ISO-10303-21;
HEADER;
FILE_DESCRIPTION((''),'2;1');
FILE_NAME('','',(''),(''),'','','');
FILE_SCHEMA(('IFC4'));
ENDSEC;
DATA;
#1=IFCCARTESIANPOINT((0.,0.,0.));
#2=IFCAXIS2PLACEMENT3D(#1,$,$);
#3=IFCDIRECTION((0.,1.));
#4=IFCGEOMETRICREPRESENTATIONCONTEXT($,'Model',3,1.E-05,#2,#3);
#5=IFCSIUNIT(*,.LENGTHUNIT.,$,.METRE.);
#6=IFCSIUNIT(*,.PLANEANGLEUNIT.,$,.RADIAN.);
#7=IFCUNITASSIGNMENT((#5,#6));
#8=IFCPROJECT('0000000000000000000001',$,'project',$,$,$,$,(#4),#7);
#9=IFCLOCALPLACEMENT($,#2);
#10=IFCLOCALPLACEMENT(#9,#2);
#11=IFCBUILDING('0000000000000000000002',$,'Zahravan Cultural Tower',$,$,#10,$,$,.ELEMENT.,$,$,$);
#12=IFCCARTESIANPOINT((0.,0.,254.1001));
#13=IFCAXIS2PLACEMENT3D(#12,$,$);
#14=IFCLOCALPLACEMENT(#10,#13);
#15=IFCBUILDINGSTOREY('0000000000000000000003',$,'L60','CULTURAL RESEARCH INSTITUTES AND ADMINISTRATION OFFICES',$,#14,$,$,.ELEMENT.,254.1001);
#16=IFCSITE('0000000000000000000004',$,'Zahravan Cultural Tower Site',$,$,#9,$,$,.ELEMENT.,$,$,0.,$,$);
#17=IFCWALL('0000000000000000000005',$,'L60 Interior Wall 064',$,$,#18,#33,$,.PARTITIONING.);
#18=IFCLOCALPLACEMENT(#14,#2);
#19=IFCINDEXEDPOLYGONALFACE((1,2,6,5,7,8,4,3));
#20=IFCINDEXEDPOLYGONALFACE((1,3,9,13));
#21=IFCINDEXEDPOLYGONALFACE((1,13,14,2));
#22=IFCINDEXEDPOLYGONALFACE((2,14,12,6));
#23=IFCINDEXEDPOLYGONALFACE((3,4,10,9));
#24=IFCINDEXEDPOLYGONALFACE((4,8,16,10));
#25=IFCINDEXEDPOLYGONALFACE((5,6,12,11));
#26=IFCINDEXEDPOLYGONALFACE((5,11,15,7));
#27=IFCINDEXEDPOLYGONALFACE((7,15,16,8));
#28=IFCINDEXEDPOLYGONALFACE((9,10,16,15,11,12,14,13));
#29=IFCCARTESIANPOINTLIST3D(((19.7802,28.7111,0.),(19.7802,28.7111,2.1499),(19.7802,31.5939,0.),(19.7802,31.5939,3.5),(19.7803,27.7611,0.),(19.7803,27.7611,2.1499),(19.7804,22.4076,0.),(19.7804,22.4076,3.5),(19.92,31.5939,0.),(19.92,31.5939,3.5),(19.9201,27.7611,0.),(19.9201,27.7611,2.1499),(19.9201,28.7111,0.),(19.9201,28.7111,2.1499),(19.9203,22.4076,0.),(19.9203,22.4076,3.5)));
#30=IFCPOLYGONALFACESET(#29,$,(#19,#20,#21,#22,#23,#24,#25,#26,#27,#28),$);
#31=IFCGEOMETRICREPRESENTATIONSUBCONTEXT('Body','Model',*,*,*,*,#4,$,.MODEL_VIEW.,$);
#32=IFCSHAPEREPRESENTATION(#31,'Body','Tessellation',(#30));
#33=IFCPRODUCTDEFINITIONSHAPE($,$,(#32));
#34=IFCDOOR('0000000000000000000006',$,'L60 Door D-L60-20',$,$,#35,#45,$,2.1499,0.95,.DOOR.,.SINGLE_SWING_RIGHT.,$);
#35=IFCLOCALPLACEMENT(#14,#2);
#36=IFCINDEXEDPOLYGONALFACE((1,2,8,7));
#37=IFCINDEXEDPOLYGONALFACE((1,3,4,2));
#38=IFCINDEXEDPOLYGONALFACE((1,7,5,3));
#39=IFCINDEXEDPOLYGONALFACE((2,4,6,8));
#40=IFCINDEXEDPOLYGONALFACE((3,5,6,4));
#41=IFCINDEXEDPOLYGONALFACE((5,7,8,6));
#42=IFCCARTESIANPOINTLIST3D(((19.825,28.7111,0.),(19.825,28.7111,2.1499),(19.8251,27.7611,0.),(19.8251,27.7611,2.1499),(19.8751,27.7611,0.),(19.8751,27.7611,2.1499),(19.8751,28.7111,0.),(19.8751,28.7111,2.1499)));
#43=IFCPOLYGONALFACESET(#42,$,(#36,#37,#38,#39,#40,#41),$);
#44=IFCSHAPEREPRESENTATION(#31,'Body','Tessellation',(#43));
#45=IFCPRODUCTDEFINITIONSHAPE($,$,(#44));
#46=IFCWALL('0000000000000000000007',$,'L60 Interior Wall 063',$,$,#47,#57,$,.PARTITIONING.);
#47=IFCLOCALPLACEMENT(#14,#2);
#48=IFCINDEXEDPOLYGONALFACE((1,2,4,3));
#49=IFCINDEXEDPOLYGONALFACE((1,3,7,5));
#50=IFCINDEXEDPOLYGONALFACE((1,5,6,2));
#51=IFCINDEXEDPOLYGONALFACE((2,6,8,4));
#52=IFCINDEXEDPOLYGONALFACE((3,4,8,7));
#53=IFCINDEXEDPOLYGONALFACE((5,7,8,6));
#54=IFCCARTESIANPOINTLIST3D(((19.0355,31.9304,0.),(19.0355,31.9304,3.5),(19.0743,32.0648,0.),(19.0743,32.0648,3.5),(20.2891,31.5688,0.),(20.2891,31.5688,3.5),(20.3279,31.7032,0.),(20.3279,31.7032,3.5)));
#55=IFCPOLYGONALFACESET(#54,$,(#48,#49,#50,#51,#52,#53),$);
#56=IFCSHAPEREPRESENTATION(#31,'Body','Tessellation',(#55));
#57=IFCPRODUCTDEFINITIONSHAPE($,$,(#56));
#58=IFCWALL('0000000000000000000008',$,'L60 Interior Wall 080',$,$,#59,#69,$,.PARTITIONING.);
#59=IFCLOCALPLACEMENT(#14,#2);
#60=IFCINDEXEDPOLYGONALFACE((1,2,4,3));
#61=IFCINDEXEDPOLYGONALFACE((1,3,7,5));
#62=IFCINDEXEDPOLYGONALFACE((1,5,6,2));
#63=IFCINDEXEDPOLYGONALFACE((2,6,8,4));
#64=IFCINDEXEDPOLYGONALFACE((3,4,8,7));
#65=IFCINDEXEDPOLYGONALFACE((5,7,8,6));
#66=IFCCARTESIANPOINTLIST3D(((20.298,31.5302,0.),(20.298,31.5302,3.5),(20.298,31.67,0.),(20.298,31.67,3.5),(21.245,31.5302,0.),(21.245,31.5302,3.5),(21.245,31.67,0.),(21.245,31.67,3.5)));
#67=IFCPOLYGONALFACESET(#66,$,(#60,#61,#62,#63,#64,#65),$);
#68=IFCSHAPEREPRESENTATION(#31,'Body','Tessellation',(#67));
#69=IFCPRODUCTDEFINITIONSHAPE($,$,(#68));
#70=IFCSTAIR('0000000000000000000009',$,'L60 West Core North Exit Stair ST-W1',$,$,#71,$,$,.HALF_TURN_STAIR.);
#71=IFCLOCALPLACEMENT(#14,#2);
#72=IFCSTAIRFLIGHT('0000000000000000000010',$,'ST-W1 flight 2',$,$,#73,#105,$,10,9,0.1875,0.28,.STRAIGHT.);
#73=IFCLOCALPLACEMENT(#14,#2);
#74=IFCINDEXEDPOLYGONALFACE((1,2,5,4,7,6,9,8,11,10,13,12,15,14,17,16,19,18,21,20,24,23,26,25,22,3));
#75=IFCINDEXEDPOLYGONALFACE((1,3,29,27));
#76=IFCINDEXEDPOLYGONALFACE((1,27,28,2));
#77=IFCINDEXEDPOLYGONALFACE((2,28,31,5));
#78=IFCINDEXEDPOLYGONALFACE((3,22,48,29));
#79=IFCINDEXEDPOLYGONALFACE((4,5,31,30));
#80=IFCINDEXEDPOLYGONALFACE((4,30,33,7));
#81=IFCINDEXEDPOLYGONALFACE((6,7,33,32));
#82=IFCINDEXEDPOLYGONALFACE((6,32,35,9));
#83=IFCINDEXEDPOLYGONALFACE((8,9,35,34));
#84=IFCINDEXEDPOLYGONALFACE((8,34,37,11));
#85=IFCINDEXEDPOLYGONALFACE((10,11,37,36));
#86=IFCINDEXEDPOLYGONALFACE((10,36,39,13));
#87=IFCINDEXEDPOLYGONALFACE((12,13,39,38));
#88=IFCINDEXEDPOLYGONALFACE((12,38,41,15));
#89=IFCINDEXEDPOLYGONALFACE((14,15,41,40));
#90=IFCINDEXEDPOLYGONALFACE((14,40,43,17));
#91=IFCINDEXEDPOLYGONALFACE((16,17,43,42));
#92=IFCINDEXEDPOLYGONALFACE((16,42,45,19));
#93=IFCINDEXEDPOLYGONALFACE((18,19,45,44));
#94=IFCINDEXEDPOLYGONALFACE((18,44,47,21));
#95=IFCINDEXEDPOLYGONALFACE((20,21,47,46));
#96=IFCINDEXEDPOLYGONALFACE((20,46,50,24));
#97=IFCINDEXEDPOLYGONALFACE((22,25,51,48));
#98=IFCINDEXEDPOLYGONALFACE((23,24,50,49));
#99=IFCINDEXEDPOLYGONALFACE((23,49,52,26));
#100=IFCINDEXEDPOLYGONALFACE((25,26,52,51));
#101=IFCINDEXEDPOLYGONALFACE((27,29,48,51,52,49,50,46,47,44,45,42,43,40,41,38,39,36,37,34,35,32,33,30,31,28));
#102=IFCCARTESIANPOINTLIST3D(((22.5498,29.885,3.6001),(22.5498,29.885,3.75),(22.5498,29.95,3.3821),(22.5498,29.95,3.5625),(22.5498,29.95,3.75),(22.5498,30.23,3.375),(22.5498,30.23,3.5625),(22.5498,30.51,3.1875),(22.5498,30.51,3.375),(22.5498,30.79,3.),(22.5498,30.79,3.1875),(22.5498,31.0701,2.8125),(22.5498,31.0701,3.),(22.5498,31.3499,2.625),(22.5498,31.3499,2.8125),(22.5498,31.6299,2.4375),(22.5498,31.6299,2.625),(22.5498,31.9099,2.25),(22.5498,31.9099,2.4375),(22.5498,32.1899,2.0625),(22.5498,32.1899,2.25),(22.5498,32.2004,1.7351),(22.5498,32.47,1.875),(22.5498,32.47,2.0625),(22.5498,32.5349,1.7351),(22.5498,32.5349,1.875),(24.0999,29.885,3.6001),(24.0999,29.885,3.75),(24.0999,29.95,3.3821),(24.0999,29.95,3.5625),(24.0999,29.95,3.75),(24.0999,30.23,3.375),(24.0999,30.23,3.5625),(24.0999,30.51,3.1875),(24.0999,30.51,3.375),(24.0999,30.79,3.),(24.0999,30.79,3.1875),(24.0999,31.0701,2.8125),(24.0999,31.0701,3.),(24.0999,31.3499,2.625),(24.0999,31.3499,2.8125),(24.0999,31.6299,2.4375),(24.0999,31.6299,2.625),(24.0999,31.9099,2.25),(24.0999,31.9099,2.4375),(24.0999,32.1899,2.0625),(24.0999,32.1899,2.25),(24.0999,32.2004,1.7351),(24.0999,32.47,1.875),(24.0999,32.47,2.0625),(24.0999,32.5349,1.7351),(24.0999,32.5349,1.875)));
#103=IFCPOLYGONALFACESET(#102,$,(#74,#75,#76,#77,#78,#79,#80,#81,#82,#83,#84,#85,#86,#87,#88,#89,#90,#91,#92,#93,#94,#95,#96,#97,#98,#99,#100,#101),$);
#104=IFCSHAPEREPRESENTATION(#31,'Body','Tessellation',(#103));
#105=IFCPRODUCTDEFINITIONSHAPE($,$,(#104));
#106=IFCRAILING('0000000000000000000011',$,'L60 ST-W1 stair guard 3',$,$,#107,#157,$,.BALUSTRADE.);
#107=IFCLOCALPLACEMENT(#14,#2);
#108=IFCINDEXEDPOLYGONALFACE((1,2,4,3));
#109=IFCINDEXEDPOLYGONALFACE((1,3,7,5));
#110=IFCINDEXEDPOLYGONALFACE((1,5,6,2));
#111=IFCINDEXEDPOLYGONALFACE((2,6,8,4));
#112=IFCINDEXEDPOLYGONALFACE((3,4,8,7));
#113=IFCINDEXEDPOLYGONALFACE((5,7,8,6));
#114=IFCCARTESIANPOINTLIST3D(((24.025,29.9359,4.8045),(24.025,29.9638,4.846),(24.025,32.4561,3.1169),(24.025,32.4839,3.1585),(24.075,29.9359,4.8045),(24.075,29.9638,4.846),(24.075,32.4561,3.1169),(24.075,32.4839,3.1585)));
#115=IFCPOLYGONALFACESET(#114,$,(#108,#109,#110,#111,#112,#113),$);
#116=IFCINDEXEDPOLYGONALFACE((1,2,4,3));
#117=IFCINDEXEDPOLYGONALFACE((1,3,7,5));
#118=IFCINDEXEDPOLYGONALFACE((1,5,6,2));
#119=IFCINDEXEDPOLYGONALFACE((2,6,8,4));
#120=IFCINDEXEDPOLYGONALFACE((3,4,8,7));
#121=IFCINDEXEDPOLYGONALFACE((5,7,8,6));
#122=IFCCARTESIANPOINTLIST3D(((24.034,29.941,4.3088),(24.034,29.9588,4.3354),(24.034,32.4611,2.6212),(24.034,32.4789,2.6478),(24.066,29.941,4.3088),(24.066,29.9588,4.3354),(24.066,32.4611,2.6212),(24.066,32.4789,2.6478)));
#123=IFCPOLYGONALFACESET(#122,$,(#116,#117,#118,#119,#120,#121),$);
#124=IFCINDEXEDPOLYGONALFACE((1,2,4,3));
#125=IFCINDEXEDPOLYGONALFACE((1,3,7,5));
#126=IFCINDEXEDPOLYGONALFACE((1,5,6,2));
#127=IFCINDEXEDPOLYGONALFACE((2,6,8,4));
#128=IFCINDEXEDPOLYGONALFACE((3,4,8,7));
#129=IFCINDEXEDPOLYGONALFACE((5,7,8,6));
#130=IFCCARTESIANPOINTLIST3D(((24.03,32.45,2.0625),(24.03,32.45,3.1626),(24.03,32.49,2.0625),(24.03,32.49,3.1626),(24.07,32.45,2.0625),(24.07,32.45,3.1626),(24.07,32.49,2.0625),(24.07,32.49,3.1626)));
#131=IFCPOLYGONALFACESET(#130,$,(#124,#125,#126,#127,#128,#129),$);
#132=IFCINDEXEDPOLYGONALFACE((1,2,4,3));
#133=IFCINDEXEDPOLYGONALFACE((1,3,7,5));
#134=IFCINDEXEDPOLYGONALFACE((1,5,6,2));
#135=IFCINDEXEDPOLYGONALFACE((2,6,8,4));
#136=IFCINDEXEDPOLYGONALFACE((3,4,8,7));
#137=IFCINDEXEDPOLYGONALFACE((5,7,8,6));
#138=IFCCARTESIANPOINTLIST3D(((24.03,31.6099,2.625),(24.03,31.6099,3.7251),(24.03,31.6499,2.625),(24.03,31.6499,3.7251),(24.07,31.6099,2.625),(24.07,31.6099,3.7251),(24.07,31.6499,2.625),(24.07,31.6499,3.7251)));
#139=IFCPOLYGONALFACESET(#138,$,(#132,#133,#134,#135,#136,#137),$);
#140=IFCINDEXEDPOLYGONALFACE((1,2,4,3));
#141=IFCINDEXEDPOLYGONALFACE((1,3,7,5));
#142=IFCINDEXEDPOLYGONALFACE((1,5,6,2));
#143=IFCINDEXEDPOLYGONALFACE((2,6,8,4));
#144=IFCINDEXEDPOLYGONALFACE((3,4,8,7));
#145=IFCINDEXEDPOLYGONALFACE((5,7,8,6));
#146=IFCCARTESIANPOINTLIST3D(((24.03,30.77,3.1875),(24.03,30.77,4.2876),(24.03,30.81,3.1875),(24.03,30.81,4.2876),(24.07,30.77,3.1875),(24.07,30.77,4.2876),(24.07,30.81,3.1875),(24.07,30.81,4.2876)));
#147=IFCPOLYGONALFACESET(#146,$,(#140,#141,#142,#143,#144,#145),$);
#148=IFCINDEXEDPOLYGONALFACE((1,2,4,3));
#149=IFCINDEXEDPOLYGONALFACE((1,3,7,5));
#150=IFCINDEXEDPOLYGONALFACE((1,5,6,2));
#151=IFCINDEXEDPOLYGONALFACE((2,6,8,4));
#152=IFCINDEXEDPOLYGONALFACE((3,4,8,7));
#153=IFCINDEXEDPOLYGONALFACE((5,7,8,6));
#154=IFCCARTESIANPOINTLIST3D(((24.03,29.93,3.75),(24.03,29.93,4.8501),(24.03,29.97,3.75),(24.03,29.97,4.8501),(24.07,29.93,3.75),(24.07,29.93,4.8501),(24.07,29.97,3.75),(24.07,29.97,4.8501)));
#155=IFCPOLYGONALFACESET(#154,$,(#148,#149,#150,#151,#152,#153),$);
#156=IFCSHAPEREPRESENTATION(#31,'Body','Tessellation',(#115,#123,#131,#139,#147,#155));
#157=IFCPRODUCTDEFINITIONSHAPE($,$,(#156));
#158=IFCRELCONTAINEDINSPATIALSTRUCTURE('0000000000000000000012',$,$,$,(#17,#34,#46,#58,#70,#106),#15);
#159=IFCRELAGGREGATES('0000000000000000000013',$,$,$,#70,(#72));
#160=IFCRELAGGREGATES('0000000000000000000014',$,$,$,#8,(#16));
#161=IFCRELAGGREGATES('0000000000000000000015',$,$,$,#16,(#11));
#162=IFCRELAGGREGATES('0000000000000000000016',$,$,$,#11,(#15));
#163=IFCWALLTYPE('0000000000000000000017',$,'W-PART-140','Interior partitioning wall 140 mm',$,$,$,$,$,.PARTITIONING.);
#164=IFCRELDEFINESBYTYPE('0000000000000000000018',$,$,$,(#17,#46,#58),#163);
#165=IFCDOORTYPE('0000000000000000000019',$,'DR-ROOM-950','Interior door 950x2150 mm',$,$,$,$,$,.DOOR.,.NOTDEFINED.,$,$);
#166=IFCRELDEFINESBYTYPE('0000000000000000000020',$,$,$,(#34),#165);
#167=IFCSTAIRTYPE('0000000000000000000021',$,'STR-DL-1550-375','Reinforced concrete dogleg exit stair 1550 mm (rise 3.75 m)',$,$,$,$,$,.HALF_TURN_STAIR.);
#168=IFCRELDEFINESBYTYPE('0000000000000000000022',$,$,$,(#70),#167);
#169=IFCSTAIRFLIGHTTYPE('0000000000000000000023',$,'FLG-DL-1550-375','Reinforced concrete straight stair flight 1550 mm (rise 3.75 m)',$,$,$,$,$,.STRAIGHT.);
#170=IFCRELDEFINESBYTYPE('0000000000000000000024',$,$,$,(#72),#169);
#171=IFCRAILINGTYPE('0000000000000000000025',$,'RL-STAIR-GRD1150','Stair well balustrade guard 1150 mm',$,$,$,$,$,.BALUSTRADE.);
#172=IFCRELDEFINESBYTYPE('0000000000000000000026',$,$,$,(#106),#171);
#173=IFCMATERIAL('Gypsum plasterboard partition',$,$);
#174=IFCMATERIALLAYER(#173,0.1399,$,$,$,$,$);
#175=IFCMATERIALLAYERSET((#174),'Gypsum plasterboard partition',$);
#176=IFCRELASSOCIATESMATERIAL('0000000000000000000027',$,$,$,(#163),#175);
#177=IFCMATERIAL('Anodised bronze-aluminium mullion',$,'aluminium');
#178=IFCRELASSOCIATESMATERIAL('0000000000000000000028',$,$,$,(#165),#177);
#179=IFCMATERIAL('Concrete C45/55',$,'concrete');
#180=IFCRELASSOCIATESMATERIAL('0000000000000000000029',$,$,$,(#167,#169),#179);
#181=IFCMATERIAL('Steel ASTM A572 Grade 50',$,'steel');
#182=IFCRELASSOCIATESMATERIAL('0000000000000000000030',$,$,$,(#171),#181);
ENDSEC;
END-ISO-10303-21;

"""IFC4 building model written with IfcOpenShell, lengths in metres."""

from ifc_helpers import new_model, si_unit, direction, frame, frame_2d, origin, origin_2d, place, context, subcontext, project, spatial, polyline, rectangle, outline, extrude, source, transform, mapped, material, layer, layer_set, type_object, element, fill, aggregate, save


model = new_model("IFC4")

# Units and contexts
model_context = context("Model", 3, precision=1e-05, world=origin(), true_north=direction((0.0, 1.0)))
body_context = subcontext(model_context, "Body", "Model", "MODEL_VIEW")
ifc_project = project(units=[si_unit("LENGTHUNIT", "METRE"), si_unit("PLANEANGLEUNIT", "RADIAN")], contexts=[model_context])

# Site, building, storey
site_placement = place(None, origin())
site = spatial("IfcSite", under=ifc_project, at=site_placement, Name="Zahravan Cultural Tower Site", CompositionType="ELEMENT", RefElevation=0.0)
building_placement = place(site_placement, origin())
building = spatial("IfcBuilding", under=site, at=building_placement, Name="Zahravan Cultural Tower", CompositionType="ELEMENT")
storey_placement = place(building_placement, frame((0.0, 0.0, 254.1001)))
storey = spatial("IfcBuildingStorey", under=building, at=storey_placement, Name="L60", Description="CULTURAL RESEARCH INSTITUTES AND ADMINISTRATION OFFICES", CompositionType="ELEMENT", Elevation=254.1001)

# Shared definitions
ifc_material_1 = material(Name="Anodised bronze-aluminium mullion", Category="aluminium")

# Wall, opening, door
ifc_material_2 = material(Name="Gypsum plasterboard partition")
ifc_layer_1 = layer(ifc_material_2, 0.1399)
ifc_layer_set_1 = layer_set([ifc_layer_1], Name="Gypsum plasterboard partition")
wall_type = type_object("IfcWallType", Name="W-PART-140", Description="Interior partitioning wall 140 mm", PredefinedType="PARTITIONING", material=ifc_layer_set_1)
wall_1_placement = place(storey_placement, frame((19.8501, 31.594, 0.0), z_axis=(0.0, 0.0, 1.0), x_axis=(0.000027, -1.0, 0.0)))
wall_1 = element("IfcWall", 1, at=wall_1_placement, inside=storey, type_object=wall_type, Name="L60 Interior Wall 064", PredefinedType="PARTITIONING", context=body_context, shape_type="SweptSolid", body=[
    extrude(rectangle(XDim=9.1863, YDim=0.1399, at=frame_2d((4.5933, 0.0))), origin(), (0.0, 0.0, 1.0), 3.5),
])
opening_placement = place(wall_1_placement, frame((2.8828, 0.0, 0.0)))
opening = element("IfcOpeningElement", 2, at=opening_placement, cuts=wall_1, PredefinedType="OPENING", context=body_context, shape_type="SweptSolid", body=[
    extrude(rectangle(XDim=0.95, YDim=2.1499, at=frame_2d((0.4751, 1.075))), frame((0.0, 0.0798, 0.0), z_axis=(0.0, -1.0, 0.0), x_axis=(1.0, 0.0, 0.0)), (0.0, 0.0, 1.0), 0.1599),
])
door_type = type_object("IfcDoorType", Name="DR-ROOM-950", Description="Interior door 950x2150 mm", OperationType="NOTDEFINED", PredefinedType="DOOR", material=ifc_material_1)
shared_shape_1 = source(origin(), body_context, "Body", "SweptSolid", [
    extrude(rectangle(XDim=0.95, YDim=2.1499, at=frame_2d((0.4751, 1.075))), frame((0.0, 0.0249, 0.0), z_axis=(0.0, -1.0, 0.0), x_axis=(1.0, 0.0, 0.0)), (0.0, 0.0, 1.0), 0.05),
])
door_placement = place(opening_placement, origin())
door = element("IfcDoor", 3, at=door_placement, inside=storey, type_object=door_type, Name="L60 Door D-L60-20", OperationType="SINGLE_SWING_RIGHT", OverallHeight=2.1499, OverallWidth=0.95, PredefinedType="DOOR", context=body_context, shape_type="MappedRepresentation", body=[
    mapped(shared_shape_1, transform((0.0, 0.0, 0.0), x_axis=(1.0, 0.0, 0.0), y_axis=(0.0, 1.0, 0.0), z_axis=(0.0, 0.0, 1.0), scale=1.0)),
])
fill(opening, door)

# Walls
shared_shape_2 = source(origin(), body_context, "Body", "SweptSolid", [
    extrude(rectangle(XDim=1.3047, YDim=0.1399, at=frame_2d((0.6523, 0.0))), origin(), (0.0, 0.0, 1.0), 3.5),
])
wall_2_placement = place(storey_placement, frame((19.0549, 31.9976, 0.0), z_axis=(0.0, 0.0, 1.0), x_axis=(0.960836, -0.277117, 0.0)))
element("IfcWall", 4, at=wall_2_placement, inside=storey, type_object=wall_type, Name="L60 Interior Wall 063", PredefinedType="PARTITIONING", context=body_context, shape_type="MappedRepresentation", body=[
    mapped(shared_shape_2, transform((0.0, 0.0, 0.0), x_axis=(1.0, 0.0, 0.0), y_axis=(0.0, 1.0, 0.0), z_axis=(0.0, 0.0, 1.0), scale=1.0)),
])
shared_shape_3 = source(origin(), body_context, "Body", "SweptSolid", [
    extrude(rectangle(XDim=0.947, YDim=0.1399, at=frame_2d((0.4736, 0.0))), origin(), (0.0, 0.0, 1.0), 3.5),
])
wall_3_placement = place(storey_placement, frame((21.2451, 31.6001, 0.0), z_axis=(0.0, 0.0, 1.0), x_axis=(-1.0, 0.0, 0.0)))
element("IfcWall", 5, at=wall_3_placement, inside=storey, type_object=wall_type, Name="L60 Interior Wall 080", PredefinedType="PARTITIONING", context=body_context, shape_type="MappedRepresentation", body=[
    mapped(shared_shape_3, transform((0.0, 0.0, 0.0), x_axis=(1.0, 0.0, 0.0), y_axis=(0.0, 1.0, 0.0), z_axis=(0.0, 0.0, 1.0), scale=1.0)),
])

# Stair, stair flight
ifc_material_3 = material(Name="Concrete C45/55", Category="concrete")
stair_type = type_object("IfcStairType", Name="STR-DL-1550-375", Description="Reinforced concrete dogleg exit stair 1550 mm (rise 3.75 m)", PredefinedType="HALF_TURN_STAIR", material=ifc_material_3)
stair_placement = place(storey_placement, origin())
stair = element("IfcStair", 6, at=stair_placement, inside=storey, type_object=stair_type, Name="L60 West Core North Exit Stair ST-W1", PredefinedType="HALF_TURN_STAIR")
stair_flight_type = type_object("IfcStairFlightType", Name="FLG-DL-1550-375", Description="Reinforced concrete straight stair flight 1550 mm (rise 3.75 m)", PredefinedType="STRAIGHT", material=ifc_material_3)
stair_flight_placement = place(storey_placement, frame((23.325, 32.47, 1.875), z_axis=(0.0, 0.0, 1.0), x_axis=(0.0, -1.0, 0.0)))
stair_flight = element("IfcStairFlight", 7, at=stair_flight_placement, type_object=stair_flight_type, Name="ST-W1 flight 2", NumberOfRisers=10, NumberOfTreads=9, PredefinedType="STRAIGHT", RiserHeight=0.1875, TreadLength=0.28, context=body_context, shape_type="SweptSolid", body=[
    extrude(outline(polyline([(-0.0649, -0.1399), (-0.0649, 0.0), (0.0, 0.0), (0.0, 0.1875), (0.28, 0.1875), (0.28, 0.375), (0.5601, 0.375), (0.5601, 0.5625), (0.8401, 0.5625), (0.8401, 0.75), (1.1201, 0.75), (1.1201, 0.9375), (1.3999, 0.9375), (1.3999, 1.125), (1.6799, 1.125), (1.6799, 1.3125), (1.96, 1.3125), (1.96, 1.5), (2.24, 1.5), (2.24, 1.6875), (2.52, 1.6875), (2.52, 1.875), (2.585, 1.875), (2.585, 1.7251), (2.52, 1.5071), (0.2695, -0.1399), (-0.0649, -0.1399)])), frame((0.0, 0.7749, 0.0), z_axis=(0.0, -1.0, 0.0), x_axis=(1.0, 0.0, 0.0)), (0.0, 0.0, 1.0), 1.55),
])
aggregate(stair, [stair_flight])

# Railing
ifc_material_4 = material(Name="Steel ASTM A572 Grade 50", Category="steel")
railing_type_1 = type_object("IfcRailingType", Name="RL-STAIR-GRD1150", Description="Stair well balustrade guard 1150 mm", PredefinedType="BALUSTRADE", material=ifc_material_4)
railing_1_placement = place(storey_placement, frame((24.05, 32.47, 2.0625)))
element("IfcRailing", 8, at=railing_1_placement, inside=storey, type_object=railing_type_1, Name="L60 ST-W1 stair guard 3", PredefinedType="BALUSTRADE", context=body_context, shape_type="SweptSolid", body=[
    extrude(rectangle(XDim=0.05, YDim=0.05, at=origin_2d()), frame((0.0, 0.0, 1.0752), z_axis=(0.0, -0.830909, 0.556408), x_axis=(1.0, 0.0, 0.0)), (0.0, 0.0, 1.0), 3.033),
    extrude(rectangle(XDim=0.032, YDim=0.032, at=origin_2d()), frame((0.0, 0.0, 0.572), z_axis=(0.0, -0.830909, 0.556408), x_axis=(1.0, 0.0, 0.0)), (0.0, 0.0, 1.0), 3.033),
    extrude(rectangle(XDim=0.04, YDim=0.04, at=origin_2d()), origin(), (0.0, 0.0, 1.0), 1.1001),
    extrude(rectangle(XDim=0.04, YDim=0.04, at=origin_2d()), frame((0.0, -0.8401, 0.5625)), (0.0, 0.0, 1.0), 1.1001),
    extrude(rectangle(XDim=0.04, YDim=0.04, at=origin_2d()), frame((0.0, -1.6799, 1.125)), (0.0, 0.0, 1.0), 1.1001),
    extrude(rectangle(XDim=0.04, YDim=0.04, at=origin_2d()), frame((0.0, -2.52, 1.6875)), (0.0, 0.0, 1.0), 1.1001),
])

save(model, "model.ifc")
